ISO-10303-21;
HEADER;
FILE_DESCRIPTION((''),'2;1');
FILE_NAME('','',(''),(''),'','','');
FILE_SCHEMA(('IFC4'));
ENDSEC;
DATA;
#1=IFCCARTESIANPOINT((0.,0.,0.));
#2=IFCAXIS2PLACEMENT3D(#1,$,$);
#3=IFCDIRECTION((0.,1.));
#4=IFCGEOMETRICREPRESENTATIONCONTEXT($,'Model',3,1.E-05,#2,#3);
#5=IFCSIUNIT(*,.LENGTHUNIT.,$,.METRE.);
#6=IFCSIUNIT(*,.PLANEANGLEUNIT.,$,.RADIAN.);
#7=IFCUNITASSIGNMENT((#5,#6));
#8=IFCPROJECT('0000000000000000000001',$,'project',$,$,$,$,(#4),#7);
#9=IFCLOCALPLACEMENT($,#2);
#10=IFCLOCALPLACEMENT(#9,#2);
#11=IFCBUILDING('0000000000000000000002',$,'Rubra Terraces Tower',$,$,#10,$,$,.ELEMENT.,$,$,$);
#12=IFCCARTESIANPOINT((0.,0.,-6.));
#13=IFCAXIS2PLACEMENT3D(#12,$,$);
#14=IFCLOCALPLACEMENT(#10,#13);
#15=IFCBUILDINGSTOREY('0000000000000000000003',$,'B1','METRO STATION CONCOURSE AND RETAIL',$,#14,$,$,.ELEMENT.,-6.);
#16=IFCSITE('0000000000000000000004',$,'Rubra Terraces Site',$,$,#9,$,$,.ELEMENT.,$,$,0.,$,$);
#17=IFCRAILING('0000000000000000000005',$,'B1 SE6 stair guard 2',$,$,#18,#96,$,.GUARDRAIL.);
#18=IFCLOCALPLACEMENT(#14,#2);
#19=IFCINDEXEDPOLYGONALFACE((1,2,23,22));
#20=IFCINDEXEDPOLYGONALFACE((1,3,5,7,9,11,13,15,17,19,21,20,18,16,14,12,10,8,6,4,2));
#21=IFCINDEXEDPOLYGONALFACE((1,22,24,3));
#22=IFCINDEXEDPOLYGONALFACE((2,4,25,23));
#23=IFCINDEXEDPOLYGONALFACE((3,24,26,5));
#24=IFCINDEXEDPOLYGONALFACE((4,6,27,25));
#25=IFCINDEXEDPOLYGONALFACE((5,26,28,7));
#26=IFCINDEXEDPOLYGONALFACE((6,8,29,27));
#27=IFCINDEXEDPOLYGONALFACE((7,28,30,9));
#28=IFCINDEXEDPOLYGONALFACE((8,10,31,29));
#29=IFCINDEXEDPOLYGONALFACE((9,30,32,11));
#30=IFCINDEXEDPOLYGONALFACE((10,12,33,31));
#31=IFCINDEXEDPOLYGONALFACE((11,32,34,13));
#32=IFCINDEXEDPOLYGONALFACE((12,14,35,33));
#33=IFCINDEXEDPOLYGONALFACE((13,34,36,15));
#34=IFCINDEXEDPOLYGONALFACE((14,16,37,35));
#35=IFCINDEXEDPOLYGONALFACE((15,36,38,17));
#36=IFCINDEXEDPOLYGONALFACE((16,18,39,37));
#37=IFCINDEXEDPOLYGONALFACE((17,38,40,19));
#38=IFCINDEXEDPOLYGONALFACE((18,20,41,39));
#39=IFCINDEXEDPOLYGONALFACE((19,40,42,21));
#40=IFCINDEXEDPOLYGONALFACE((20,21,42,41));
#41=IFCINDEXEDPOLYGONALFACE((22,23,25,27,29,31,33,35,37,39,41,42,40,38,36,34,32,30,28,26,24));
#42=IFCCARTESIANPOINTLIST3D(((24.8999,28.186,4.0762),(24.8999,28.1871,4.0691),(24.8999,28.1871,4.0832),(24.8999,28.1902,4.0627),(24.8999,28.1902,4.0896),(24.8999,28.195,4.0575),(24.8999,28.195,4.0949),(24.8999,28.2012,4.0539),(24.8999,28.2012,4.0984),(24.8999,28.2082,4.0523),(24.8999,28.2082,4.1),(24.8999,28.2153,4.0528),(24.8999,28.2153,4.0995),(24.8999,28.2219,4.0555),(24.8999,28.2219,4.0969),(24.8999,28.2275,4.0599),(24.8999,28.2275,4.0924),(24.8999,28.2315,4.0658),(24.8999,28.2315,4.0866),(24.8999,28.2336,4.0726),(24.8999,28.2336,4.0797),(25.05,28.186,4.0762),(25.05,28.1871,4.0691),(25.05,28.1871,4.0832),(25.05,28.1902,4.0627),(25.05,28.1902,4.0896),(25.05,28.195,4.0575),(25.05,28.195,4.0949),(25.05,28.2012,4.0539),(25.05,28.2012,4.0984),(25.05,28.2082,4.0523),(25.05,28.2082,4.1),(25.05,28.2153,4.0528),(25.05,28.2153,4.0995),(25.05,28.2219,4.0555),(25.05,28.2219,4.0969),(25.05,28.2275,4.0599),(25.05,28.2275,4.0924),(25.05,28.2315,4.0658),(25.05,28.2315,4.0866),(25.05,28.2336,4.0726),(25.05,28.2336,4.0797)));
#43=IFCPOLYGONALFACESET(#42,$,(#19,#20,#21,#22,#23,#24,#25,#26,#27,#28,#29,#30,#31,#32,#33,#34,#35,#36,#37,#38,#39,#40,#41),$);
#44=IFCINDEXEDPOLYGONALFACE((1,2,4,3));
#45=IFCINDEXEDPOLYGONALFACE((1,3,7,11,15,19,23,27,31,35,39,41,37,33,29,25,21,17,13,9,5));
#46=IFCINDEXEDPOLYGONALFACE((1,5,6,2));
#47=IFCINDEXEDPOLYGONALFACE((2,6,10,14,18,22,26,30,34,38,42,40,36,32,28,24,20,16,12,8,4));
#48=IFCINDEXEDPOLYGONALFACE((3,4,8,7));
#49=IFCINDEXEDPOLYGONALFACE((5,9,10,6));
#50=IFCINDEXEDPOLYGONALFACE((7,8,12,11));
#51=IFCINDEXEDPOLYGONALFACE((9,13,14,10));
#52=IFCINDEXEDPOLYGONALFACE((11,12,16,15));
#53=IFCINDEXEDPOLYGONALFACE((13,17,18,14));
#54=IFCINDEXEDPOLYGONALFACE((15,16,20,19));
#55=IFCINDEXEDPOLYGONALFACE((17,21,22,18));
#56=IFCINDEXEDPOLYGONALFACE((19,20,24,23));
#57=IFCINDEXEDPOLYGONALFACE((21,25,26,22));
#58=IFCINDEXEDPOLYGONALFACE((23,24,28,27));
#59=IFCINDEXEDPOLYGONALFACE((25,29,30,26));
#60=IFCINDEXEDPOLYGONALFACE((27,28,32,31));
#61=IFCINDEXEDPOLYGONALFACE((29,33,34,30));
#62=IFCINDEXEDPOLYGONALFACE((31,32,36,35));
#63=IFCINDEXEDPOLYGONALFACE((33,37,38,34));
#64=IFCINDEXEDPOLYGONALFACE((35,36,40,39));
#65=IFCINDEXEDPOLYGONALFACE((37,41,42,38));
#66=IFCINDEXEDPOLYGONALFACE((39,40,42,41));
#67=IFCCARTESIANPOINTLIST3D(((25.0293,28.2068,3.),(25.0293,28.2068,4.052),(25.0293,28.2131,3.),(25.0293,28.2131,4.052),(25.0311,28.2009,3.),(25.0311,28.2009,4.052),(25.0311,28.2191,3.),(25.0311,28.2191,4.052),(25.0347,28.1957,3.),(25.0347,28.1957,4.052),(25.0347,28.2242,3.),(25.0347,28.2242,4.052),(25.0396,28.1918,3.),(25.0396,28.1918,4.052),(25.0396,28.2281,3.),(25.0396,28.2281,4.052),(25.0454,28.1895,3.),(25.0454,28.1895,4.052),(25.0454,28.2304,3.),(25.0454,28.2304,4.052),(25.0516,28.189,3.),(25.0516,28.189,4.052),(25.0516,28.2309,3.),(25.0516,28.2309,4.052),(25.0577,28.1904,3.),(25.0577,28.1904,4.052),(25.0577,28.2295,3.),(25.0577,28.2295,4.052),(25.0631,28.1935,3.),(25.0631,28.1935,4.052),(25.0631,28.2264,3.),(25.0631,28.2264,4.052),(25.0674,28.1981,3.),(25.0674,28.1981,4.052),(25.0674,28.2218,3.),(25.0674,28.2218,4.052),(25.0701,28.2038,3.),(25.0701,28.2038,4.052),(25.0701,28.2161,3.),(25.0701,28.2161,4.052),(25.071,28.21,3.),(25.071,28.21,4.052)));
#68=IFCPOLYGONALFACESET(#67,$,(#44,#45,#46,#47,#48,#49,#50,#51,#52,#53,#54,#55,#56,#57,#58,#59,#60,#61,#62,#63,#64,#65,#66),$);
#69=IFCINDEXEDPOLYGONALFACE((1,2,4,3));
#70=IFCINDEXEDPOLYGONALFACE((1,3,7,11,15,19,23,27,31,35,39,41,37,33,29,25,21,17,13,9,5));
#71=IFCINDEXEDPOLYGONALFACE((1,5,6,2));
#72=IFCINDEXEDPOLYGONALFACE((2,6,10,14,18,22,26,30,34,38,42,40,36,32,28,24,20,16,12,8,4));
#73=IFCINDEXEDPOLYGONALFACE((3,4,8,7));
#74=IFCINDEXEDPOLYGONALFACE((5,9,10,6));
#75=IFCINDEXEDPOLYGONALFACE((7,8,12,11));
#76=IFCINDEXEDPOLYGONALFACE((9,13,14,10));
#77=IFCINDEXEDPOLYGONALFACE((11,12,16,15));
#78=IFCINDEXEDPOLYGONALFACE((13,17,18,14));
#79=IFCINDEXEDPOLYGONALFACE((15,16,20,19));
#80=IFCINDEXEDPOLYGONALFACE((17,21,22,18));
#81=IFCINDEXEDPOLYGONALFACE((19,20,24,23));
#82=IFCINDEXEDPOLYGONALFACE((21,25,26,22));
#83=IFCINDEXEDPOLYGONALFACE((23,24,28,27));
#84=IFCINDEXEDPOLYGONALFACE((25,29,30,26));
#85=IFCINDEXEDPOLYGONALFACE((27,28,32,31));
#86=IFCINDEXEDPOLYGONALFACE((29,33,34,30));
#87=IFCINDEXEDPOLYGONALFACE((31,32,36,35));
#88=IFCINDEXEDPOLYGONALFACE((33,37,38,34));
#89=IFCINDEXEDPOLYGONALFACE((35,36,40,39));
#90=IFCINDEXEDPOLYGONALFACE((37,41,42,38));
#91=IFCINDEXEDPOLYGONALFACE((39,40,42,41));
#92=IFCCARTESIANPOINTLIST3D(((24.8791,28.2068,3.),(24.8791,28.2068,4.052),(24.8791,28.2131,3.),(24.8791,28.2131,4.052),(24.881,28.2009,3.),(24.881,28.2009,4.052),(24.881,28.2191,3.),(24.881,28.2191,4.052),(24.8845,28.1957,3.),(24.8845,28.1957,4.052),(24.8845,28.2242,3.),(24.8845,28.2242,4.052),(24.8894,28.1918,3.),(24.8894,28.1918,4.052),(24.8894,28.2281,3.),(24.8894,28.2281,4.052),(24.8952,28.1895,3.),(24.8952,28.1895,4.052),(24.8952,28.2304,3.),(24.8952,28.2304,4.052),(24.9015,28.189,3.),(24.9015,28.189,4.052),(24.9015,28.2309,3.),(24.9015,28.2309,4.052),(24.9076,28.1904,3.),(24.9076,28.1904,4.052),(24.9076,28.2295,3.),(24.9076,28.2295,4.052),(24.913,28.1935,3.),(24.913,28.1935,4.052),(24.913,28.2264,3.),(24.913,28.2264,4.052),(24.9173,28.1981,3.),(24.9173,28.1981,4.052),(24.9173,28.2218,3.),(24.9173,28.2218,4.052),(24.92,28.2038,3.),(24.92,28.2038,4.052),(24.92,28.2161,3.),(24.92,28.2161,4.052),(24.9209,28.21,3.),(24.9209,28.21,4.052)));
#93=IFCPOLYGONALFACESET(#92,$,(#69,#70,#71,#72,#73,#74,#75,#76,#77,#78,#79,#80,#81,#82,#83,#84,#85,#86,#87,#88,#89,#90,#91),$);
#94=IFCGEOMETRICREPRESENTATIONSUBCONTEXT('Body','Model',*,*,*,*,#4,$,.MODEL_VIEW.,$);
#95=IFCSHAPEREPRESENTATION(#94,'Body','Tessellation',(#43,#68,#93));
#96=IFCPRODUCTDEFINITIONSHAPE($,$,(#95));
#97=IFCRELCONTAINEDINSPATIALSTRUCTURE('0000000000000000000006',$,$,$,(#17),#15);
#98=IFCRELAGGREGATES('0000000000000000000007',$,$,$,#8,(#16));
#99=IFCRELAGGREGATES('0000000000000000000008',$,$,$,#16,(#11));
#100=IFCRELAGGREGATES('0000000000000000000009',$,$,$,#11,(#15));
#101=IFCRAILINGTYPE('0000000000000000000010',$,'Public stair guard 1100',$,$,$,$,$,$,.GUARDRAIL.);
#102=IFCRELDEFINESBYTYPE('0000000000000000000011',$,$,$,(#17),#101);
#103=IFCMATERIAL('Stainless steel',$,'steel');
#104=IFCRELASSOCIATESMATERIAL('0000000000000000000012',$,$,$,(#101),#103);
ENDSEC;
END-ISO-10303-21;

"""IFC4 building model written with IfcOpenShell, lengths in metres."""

from ifc_helpers import new_model, si_unit, direction, frame, origin, origin_2d, place, context, subcontext, project, spatial, circle, extrude, material, type_object, element, save


model = new_model("IFC4")

# Units and contexts
model_context = context("Model", 3, precision=1e-05, world=origin(), true_north=direction((0.0, 1.0)))
body_context = subcontext(model_context, "Body", "Model", "MODEL_VIEW")
ifc_project = project(units=[si_unit("LENGTHUNIT", "METRE"), si_unit("PLANEANGLEUNIT", "RADIAN")], contexts=[model_context])

# Site, building, storey
site_placement = place(None, origin())
site = spatial("IfcSite", under=ifc_project, at=site_placement, Name="Rubra Terraces Site", CompositionType="ELEMENT", RefElevation=0.0)
building_placement = place(site_placement, origin())
building = spatial("IfcBuilding", under=site, at=building_placement, Name="Rubra Terraces Tower", CompositionType="ELEMENT")
storey_placement = place(building_placement, frame((0.0, 0.0, -6.0)))
storey = spatial("IfcBuildingStorey", under=building, at=storey_placement, Name="B1", Description="METRO STATION CONCOURSE AND RETAIL", CompositionType="ELEMENT", Elevation=-6.0)

# Railing
ifc_material_1 = material(Name="Stainless steel", Category="steel")
railing_type_1 = type_object("IfcRailingType", Name="Public stair guard 1100", PredefinedType="GUARDRAIL", material=ifc_material_1)
railing_1_placement = place(storey_placement, frame((25.05, 28.21, 3.0)))
element("IfcRailing", 1, at=railing_1_placement, inside=storey, type_object=railing_type_1, Name="B1 SE6 stair guard 2", PredefinedType="GUARDRAIL", context=body_context, shape_type="SweptSolid", body=[
    extrude(circle(Radius=0.0239, at=origin_2d()), frame((0.0, 0.0, 1.0762), z_axis=(-1.0, 0.0, 0.0), x_axis=(0.0, -1.0, 0.0)), (0.0, 0.0, 1.0), 0.1501),
    extrude(circle(Radius=0.021, at=origin_2d()), origin(), (0.0, 0.0, 1.0), 1.052),
    extrude(circle(Radius=0.021, at=origin_2d()), frame((-0.1501, 0.0, 0.0)), (0.0, 0.0, 1.0), 1.052),
])

save(model, "model.ifc")
